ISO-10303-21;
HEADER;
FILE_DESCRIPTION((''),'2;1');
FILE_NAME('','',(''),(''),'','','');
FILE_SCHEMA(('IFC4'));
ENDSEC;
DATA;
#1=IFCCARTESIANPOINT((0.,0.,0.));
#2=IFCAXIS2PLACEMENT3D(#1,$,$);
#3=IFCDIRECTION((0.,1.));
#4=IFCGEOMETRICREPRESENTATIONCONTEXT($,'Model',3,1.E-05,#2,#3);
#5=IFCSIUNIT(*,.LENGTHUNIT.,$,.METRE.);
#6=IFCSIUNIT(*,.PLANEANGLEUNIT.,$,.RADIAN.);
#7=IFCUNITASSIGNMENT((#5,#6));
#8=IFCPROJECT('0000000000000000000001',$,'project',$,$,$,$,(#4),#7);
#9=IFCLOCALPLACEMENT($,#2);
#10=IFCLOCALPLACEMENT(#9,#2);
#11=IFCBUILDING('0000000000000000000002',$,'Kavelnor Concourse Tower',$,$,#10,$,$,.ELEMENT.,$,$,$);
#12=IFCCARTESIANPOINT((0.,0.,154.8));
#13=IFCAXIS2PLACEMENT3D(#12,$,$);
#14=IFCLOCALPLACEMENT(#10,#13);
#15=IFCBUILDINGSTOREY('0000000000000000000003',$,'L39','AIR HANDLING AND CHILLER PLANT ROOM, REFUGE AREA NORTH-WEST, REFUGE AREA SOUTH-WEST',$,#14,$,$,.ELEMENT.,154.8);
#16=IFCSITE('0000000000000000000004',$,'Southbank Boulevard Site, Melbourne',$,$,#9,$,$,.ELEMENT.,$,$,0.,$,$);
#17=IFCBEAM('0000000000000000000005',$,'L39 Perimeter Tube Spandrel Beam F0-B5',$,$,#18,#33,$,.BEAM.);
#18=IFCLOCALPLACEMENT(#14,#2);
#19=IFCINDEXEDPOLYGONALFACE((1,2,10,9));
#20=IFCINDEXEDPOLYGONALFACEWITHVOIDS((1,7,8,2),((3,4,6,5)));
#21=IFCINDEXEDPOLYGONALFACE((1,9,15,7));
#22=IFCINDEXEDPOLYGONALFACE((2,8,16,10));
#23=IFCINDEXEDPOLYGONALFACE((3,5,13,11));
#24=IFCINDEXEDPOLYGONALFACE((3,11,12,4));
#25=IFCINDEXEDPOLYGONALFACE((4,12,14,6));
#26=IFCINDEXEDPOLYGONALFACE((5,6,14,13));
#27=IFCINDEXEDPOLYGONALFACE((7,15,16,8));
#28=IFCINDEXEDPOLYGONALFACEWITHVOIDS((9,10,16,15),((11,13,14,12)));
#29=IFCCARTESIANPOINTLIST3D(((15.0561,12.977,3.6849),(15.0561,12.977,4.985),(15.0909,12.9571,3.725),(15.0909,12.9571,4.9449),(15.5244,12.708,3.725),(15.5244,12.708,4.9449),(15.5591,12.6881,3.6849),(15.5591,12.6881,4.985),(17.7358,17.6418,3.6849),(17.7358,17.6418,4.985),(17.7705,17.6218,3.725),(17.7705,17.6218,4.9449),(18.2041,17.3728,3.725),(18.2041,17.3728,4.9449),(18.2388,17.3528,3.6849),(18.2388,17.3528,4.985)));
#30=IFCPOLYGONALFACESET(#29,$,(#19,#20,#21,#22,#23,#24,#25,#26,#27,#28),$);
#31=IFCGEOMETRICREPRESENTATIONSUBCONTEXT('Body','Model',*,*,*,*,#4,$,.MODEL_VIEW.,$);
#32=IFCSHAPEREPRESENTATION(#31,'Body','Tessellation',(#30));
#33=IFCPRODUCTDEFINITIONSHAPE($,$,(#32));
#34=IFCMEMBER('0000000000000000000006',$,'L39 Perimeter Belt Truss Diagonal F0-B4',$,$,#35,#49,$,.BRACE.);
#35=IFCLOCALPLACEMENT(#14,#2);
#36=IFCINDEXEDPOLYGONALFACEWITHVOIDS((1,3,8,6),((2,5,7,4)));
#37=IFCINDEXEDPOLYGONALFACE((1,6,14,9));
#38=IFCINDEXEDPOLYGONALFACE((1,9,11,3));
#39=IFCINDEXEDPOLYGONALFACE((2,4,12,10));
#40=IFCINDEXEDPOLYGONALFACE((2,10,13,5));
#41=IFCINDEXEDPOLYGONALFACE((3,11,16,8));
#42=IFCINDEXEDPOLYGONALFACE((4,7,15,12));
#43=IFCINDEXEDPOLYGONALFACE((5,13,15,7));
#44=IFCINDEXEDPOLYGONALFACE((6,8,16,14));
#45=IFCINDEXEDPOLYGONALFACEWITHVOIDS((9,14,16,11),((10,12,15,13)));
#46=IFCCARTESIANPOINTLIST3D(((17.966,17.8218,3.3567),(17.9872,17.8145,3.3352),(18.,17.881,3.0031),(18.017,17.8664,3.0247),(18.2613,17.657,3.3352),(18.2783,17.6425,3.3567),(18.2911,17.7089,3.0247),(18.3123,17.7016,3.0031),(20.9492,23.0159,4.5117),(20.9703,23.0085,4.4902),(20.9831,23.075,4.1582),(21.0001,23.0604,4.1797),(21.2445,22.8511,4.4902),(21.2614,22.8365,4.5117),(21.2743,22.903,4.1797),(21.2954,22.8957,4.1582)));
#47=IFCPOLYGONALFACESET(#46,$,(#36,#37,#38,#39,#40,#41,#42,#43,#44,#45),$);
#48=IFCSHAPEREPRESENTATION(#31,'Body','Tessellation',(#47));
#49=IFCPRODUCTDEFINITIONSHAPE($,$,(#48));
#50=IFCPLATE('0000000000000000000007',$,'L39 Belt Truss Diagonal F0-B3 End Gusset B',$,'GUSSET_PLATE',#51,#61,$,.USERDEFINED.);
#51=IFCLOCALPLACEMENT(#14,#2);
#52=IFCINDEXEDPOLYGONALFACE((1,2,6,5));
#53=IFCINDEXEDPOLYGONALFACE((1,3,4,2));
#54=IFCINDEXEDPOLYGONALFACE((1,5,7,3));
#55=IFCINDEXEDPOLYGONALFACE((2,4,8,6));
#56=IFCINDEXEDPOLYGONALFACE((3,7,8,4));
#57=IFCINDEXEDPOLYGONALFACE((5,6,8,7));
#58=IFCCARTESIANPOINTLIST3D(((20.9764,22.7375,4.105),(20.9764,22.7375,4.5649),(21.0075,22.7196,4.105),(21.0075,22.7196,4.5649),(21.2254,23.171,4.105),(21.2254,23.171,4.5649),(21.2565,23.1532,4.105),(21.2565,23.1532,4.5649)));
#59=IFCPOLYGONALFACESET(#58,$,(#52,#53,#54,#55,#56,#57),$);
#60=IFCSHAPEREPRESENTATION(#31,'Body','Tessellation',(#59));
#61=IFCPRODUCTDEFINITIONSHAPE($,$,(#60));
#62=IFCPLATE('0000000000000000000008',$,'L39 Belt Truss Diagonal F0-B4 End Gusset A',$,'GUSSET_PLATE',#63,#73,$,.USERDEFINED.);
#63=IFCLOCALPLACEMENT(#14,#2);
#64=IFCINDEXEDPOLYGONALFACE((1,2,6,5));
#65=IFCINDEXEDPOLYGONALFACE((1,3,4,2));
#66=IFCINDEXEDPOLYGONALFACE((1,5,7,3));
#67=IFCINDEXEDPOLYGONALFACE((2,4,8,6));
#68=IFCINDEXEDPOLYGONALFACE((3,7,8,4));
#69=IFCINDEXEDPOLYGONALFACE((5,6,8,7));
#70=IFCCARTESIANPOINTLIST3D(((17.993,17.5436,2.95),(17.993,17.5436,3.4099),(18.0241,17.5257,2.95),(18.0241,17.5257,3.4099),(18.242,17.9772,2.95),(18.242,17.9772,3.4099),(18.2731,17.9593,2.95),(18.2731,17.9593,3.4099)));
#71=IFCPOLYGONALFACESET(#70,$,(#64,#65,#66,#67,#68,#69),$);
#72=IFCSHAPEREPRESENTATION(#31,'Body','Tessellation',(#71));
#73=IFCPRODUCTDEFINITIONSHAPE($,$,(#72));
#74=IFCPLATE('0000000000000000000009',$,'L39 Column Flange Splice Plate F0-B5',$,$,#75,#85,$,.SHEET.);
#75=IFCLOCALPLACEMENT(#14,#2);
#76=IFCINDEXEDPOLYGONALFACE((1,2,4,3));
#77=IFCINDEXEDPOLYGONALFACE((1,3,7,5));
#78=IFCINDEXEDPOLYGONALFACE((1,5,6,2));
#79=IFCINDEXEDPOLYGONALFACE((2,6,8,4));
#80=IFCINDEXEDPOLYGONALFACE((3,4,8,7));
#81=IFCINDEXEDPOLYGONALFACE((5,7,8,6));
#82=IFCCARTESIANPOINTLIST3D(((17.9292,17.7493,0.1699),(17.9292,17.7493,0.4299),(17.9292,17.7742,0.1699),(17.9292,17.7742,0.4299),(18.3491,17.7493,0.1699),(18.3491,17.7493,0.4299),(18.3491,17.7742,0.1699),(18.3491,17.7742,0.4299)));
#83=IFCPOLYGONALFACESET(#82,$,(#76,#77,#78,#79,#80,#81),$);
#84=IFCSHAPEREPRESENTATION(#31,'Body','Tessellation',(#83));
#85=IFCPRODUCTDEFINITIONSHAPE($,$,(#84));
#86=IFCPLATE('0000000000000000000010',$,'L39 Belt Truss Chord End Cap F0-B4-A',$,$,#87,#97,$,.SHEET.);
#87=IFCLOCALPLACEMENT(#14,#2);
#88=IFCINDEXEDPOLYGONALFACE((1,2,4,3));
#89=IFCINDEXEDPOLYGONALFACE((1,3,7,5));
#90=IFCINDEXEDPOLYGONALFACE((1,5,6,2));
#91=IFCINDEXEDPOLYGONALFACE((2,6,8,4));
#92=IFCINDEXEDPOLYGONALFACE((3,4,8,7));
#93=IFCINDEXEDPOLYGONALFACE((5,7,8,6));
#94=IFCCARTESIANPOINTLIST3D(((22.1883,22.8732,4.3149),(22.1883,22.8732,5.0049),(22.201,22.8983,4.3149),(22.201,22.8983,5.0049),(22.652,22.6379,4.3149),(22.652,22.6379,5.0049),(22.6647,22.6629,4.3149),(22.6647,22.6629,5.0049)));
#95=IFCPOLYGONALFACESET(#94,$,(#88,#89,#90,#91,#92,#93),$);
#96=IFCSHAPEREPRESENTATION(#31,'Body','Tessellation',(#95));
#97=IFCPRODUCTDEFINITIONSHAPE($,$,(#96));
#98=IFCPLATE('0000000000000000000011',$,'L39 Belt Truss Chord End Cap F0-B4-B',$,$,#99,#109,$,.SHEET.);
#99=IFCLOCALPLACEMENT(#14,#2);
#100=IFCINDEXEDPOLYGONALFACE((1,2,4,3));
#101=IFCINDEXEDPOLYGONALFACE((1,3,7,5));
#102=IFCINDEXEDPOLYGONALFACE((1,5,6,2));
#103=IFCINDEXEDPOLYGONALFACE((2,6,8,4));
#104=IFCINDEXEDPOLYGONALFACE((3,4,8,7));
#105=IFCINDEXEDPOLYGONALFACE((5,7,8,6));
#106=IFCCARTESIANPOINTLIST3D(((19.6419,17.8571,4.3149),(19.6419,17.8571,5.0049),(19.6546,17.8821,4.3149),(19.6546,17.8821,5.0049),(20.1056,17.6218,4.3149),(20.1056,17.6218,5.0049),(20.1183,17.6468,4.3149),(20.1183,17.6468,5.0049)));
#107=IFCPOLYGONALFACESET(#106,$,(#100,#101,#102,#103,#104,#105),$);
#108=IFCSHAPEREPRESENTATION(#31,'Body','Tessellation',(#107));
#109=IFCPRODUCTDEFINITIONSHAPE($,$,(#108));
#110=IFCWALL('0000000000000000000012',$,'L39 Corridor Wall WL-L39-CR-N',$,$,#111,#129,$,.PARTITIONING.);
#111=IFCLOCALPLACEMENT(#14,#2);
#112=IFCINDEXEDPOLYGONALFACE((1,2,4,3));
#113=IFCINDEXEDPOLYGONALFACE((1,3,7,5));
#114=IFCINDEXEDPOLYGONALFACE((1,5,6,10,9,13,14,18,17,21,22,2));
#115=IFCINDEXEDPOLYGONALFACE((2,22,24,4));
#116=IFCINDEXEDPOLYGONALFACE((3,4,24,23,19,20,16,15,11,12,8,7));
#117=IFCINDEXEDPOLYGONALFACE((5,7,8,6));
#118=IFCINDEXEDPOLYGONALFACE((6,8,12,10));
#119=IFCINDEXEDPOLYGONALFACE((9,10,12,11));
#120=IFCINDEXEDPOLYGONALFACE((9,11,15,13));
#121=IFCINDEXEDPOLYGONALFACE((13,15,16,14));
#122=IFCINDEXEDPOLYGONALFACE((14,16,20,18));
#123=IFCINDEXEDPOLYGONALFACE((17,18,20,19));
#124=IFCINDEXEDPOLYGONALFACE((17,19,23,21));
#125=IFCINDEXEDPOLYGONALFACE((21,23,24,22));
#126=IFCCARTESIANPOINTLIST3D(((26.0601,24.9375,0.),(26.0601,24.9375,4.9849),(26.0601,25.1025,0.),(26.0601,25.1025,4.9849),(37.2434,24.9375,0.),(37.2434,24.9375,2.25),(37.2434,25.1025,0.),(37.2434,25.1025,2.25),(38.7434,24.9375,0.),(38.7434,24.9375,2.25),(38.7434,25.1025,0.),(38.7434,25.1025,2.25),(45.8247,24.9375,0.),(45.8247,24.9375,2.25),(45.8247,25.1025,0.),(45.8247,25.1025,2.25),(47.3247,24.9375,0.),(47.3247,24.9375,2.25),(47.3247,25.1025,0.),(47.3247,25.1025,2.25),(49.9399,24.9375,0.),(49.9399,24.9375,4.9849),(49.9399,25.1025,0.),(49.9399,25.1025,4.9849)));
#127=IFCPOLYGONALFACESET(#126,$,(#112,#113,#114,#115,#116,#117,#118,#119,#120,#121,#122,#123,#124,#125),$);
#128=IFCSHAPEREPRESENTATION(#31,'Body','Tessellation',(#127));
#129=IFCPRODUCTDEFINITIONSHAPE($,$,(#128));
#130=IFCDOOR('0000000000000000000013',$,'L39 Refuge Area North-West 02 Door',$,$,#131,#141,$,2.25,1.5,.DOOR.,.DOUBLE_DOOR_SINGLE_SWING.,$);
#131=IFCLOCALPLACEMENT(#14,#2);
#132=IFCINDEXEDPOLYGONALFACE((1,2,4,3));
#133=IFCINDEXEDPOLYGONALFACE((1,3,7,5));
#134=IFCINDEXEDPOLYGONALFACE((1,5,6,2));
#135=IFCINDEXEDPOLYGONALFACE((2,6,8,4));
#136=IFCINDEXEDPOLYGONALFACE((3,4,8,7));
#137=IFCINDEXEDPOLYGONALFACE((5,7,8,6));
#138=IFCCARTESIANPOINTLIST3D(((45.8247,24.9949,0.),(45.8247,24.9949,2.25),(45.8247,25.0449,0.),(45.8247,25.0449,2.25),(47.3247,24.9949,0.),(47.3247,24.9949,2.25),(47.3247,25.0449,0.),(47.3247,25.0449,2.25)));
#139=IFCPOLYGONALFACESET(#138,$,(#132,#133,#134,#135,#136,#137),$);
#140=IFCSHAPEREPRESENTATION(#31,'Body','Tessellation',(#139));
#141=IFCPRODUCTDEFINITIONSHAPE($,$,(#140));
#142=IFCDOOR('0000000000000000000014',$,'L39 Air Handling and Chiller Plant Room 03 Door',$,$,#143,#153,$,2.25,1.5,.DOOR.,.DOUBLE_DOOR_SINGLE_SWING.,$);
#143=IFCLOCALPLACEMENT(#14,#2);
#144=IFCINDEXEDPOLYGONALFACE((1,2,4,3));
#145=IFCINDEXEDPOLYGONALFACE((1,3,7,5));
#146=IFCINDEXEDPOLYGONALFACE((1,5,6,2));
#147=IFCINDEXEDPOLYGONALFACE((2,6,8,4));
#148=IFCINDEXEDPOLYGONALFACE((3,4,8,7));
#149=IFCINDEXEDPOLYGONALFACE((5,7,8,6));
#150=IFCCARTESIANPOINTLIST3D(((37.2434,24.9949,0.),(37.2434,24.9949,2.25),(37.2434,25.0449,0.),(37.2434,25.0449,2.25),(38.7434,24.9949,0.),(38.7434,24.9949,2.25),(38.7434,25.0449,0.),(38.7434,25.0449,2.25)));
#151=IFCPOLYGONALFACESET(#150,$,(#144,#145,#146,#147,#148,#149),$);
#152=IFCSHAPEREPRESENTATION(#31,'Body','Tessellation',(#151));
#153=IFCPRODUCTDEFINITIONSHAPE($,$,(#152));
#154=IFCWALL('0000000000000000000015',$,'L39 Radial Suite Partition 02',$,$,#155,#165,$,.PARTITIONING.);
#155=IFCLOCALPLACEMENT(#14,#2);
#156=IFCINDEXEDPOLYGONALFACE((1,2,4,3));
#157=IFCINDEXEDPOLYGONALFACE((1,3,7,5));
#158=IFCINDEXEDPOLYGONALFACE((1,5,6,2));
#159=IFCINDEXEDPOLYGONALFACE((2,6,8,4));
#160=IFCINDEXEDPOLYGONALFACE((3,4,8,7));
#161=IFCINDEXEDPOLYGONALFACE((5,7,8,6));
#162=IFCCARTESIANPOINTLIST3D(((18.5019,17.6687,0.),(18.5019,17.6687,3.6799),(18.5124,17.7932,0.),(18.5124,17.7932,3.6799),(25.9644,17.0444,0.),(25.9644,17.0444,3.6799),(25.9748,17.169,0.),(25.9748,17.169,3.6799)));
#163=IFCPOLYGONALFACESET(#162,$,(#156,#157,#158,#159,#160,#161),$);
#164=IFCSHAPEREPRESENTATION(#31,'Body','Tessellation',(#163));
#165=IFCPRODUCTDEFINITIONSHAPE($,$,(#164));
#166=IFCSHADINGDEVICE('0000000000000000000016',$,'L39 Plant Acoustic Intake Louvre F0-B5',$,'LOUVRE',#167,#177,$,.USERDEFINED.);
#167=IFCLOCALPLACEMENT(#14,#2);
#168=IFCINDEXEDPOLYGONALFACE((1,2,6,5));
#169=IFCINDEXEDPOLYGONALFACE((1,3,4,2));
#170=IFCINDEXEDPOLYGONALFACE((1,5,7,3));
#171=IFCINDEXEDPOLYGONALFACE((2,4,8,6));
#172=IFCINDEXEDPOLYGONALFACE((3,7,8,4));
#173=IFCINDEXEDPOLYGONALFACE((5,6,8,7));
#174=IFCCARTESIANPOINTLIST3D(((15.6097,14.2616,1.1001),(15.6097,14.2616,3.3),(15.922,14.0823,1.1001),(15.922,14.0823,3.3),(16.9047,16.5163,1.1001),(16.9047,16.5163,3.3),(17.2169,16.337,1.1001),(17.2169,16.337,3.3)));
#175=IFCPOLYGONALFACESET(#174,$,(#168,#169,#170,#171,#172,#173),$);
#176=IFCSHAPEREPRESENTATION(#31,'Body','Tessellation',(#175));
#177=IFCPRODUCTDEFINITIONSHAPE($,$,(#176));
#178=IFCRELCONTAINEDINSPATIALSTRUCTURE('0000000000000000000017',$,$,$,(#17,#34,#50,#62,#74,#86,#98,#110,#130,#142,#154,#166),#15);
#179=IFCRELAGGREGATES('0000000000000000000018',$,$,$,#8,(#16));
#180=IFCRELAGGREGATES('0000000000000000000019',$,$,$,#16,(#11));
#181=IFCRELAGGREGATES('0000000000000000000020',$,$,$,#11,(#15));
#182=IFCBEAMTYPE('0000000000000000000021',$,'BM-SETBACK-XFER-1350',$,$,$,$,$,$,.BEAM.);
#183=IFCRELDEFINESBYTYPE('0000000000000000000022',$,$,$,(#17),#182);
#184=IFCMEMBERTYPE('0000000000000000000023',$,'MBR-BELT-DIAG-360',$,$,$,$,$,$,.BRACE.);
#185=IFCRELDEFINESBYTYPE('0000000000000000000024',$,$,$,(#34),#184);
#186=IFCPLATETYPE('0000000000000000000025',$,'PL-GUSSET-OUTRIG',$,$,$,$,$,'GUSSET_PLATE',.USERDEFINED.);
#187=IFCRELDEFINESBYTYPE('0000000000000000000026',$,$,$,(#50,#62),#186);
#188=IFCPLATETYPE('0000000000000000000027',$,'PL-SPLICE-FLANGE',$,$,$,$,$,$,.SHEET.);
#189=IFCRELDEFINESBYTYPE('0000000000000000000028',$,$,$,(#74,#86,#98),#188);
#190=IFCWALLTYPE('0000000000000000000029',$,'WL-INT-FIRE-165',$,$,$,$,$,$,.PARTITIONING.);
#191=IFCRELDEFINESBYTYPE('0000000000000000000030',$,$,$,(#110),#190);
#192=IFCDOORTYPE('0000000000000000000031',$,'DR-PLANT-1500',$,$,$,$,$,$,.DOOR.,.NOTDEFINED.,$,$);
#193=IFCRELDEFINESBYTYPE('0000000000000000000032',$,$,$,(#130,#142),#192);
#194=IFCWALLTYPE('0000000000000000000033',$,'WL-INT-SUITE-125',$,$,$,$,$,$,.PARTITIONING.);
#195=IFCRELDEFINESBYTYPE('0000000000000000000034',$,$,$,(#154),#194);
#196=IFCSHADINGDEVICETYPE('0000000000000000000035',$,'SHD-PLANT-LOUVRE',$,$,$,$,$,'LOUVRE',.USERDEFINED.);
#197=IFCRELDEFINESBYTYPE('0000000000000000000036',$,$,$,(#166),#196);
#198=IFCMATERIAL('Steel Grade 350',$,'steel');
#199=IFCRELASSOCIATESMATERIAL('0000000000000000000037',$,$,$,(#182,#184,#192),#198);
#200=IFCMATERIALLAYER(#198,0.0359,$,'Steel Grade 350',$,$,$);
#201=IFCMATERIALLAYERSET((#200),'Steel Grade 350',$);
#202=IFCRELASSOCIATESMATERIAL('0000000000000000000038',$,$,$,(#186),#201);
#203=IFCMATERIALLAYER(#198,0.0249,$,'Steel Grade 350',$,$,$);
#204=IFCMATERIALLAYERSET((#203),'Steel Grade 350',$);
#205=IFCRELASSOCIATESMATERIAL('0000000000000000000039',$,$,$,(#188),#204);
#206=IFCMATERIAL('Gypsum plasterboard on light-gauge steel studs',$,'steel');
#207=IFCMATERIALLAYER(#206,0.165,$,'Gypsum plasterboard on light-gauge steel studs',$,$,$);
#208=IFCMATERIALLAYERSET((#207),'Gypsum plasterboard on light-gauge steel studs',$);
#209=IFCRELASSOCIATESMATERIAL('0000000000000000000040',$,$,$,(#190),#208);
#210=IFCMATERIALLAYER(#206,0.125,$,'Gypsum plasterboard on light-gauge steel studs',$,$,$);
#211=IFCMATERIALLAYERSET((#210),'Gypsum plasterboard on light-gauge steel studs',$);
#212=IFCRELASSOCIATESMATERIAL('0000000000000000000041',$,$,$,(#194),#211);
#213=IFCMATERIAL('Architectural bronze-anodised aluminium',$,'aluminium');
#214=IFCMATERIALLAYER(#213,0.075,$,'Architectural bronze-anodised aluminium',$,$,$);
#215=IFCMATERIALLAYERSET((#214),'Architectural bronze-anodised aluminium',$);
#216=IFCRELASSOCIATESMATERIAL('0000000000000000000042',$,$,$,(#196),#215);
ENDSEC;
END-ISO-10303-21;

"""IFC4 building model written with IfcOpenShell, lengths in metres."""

from ifc_helpers import new_model, si_unit, direction, frame, frame_2d, origin, origin_2d, place, context, subcontext, project, spatial, rectangle, hollow_rectangle, extrude, material, layer, layer_set, material_profile, profile_set, type_object, element, fill, save


model = new_model("IFC4")

# Units and contexts
model_context = context("Model", 3, precision=1e-05, world=origin(), true_north=direction((0.0, 1.0)))
body_context = subcontext(model_context, "Body", "Model", "MODEL_VIEW")
ifc_project = project(units=[si_unit("LENGTHUNIT", "METRE"), si_unit("PLANEANGLEUNIT", "RADIAN")], contexts=[model_context])

# Site, building, storey
site_placement = place(None, origin())
site = spatial("IfcSite", under=ifc_project, at=site_placement, Name="Southbank Boulevard Site, Melbourne", CompositionType="ELEMENT", RefElevation=0.0)
building_placement = place(site_placement, origin())
building = spatial("IfcBuilding", under=site, at=building_placement, Name="Kavelnor Concourse Tower", CompositionType="ELEMENT")
storey_placement = place(building_placement, frame((0.0, 0.0, 154.8)))
storey = spatial("IfcBuildingStorey", under=building, at=storey_placement, Name="L39", Description="AIR HANDLING AND CHILLER PLANT ROOM, REFUGE AREA NORTH-WEST, REFUGE AREA SOUTH-WEST", CompositionType="ELEMENT", Elevation=154.8)

# Shared definitions
ifc_material_1 = material(Name="Steel Grade 350", Category="steel")

# Beam
ifc_material_profile_1 = material_profile(ifc_material_1, hollow_rectangle(XDim=0.5801, YDim=1.3, WallThickness=0.04, at=origin_2d()), Name="RHS 1300x580x40")
ifc_profile_set_1 = profile_set([ifc_material_profile_1], Name="Steel Grade 350")
beam_type_1 = type_object("IfcBeamType", Name="BM-SETBACK-XFER-1350", PredefinedType="BEAM", material=ifc_profile_set_1)
for number, where, z_axis, x_axis, name in (
    (1, (17.9873, 17.4973, 4.335), (-0.498112, -0.867113, 0.0), (0.867113, -0.498112, 0.0), "L39 Perimeter Tube Spandrel Beam F0-B5"),
):
    element("IfcBeam", number, at=place(storey_placement, frame(where, z_axis=z_axis, x_axis=x_axis)), inside=storey, type_object=beam_type_1, Name=name, PredefinedType="BEAM", context=body_context, shape_type="SweptSolid", body=[
        extrude(hollow_rectangle(XDim=0.5801, YDim=1.3, WallThickness=0.04, at=origin_2d()), origin(), (0.0, 0.0, 1.0), 5.3796),
    ])

# Member
ifc_material_profile_2 = material_profile(ifc_material_1, hollow_rectangle(XDim=0.3601, YDim=0.3601, WallThickness=0.022, at=origin_2d()), Name="SHS 360x360x22")
ifc_profile_set_2 = profile_set([ifc_material_profile_2], Name="Steel Grade 350")
member_type = type_object("IfcMemberType", Name="MBR-BELT-DIAG-360", PredefinedType="BRACE", material=ifc_profile_set_2)
member_placement = place(storey_placement, frame((18.1392, 17.7617, 3.1799), z_axis=(0.489029, 0.851469, 0.189344), x_axis=(-0.867155, 0.498038, 0.0)))
element("IfcMember", 2, at=member_placement, inside=storey, type_object=member_type, Name="L39 Perimeter Belt Truss Diagonal F0-B4", PredefinedType="BRACE", context=body_context, shape_type="SweptSolid", body=[
    extrude(hollow_rectangle(XDim=0.3601, YDim=0.3601, WallThickness=0.022, at=origin_2d()), origin(), (0.0, 0.0, 1.0), 6.1001),
])

# Plates
ifc_layer_1 = layer(ifc_material_1, 0.0359, Name="Steel Grade 350")
ifc_layer_set_1 = layer_set([ifc_layer_1], Name="Steel Grade 350")
plate_type_1 = type_object("IfcPlateType", Name="PL-GUSSET-OUTRIG", ElementType="GUSSET_PLATE", PredefinedType="USERDEFINED", material=ifc_layer_set_1)
for number, where, z_axis, x_axis, name in (
    (3, (21.1165, 22.9453, 4.105), (0.0, 0.0, 1.0), (-0.498034, -0.867158, 0.0), "L39 Belt Truss Diagonal F0-B3 End Gusset B"),
    (4, (18.1331, 17.7515, 2.95), (0.0, 0.0, 1.0), (0.498034, 0.867158, 0.0), "L39 Belt Truss Diagonal F0-B4 End Gusset A"),
):
    element("IfcPlate", number, at=place(storey_placement, frame(where, z_axis=z_axis, x_axis=x_axis)), inside=storey, type_object=plate_type_1, Name=name, ObjectType="GUSSET_PLATE", PredefinedType="USERDEFINED", context=body_context, shape_type="SweptSolid", body=[
        extrude(rectangle(XDim=0.5, YDim=0.0359, at=origin_2d()), origin(), (0.0, 0.0, 1.0), 0.46),
    ])
ifc_layer_2 = layer(ifc_material_1, 0.0249, Name="Steel Grade 350")
ifc_layer_set_2 = layer_set([ifc_layer_2], Name="Steel Grade 350")
plate_type_2 = type_object("IfcPlateType", Name="PL-SPLICE-FLANGE", PredefinedType="SHEET", material=ifc_layer_set_2)
plate_placement = place(storey_placement, frame((18.1392, 17.7617, 0.1699), z_axis=(0.0, 0.0, 1.0), x_axis=(1.0, 0.0, 0.0)))
element("IfcPlate", 5, at=plate_placement, inside=storey, type_object=plate_type_2, Name="L39 Column Flange Splice Plate F0-B5", PredefinedType="SHEET", context=body_context, shape_type="SweptSolid", body=[
    extrude(rectangle(XDim=0.4199, YDim=0.0249, at=origin_2d()), origin(), (0.0, 0.0, 1.0), 0.26),
])
for number, where, z_axis, x_axis, name in (
    (6, (22.4265, 22.7681, 4.3149), (0.0, 0.0, 1.0), (-0.891719, 0.45259, 0.0), "L39 Belt Truss Chord End Cap F0-B4-A"),
    (7, (19.8801, 17.752, 4.3149), (0.0, 0.0, 1.0), (0.891719, -0.45259, 0.0), "L39 Belt Truss Chord End Cap F0-B4-B"),
):
    element("IfcPlate", number, at=place(storey_placement, frame(where, z_axis=z_axis, x_axis=x_axis)), inside=storey, type_object=plate_type_2, Name=name, PredefinedType="SHEET", context=body_context, shape_type="SweptSolid", body=[
        extrude(rectangle(XDim=0.52, YDim=0.0281, at=origin_2d()), origin(), (0.0, 0.0, 1.0), 0.6899),
    ])

# Wall, openings, doors
ifc_material_2 = material(Name="Gypsum plasterboard on light-gauge steel studs", Category="steel")
ifc_layer_3 = layer(ifc_material_2, 0.165, Name="Gypsum plasterboard on light-gauge steel studs")
ifc_layer_set_3 = layer_set([ifc_layer_3], Name="Gypsum plasterboard on light-gauge steel studs")
wall_type_1 = type_object("IfcWallType", Name="WL-INT-FIRE-165", PredefinedType="PARTITIONING", material=ifc_layer_set_3)
wall_1_placement = place(storey_placement, frame((26.0601, 25.02, 0.0), z_axis=(0.0, 0.0, 1.0), x_axis=(1.0, 0.0, 0.0)))
wall_1 = element("IfcWall", 8, at=wall_1_placement, inside=storey, type_object=wall_type_1, Name="L39 Corridor Wall WL-L39-CR-N", PredefinedType="PARTITIONING", context=body_context, shape_type="SweptSolid", body=[
    extrude(rectangle(XDim=23.8799, YDim=0.165, at=frame_2d((11.9399, 0.0))), origin(), (0.0, 0.0, 1.0), 4.9849),
])
opening_1_placement = place(wall_1_placement, frame((19.7646, 0.0, 0.0)))
opening_1 = element("IfcOpeningElement", 9, at=opening_1_placement, cuts=wall_1, PredefinedType="OPENING", context=body_context, shape_type="SweptSolid", body=[
    extrude(rectangle(XDim=1.5, YDim=2.25, at=frame_2d((0.75, 1.125))), frame((0.0, 0.0925, 0.0), z_axis=(0.0, -1.0, 0.0), x_axis=(1.0, 0.0, 0.0)), (0.0, 0.0, 1.0), 0.1851),
])
opening_2_placement = place(wall_1_placement, frame((11.1833, 0.0, 0.0)))
opening_2 = element("IfcOpeningElement", 10, at=opening_2_placement, cuts=wall_1, PredefinedType="OPENING", context=body_context, shape_type="SweptSolid", body=[
    extrude(rectangle(XDim=1.5, YDim=2.25, at=frame_2d((0.75, 1.125))), frame((0.0, 0.0925, 0.0), z_axis=(0.0, -1.0, 0.0), x_axis=(1.0, 0.0, 0.0)), (0.0, 0.0, 1.0), 0.1851),
])
door_type = type_object("IfcDoorType", Name="DR-PLANT-1500", OperationType="NOTDEFINED", PredefinedType="DOOR", material=ifc_material_1)
door_1_placement = place(opening_1_placement, origin())
door_1 = element("IfcDoor", 11, at=door_1_placement, inside=storey, type_object=door_type, Name="L39 Refuge Area North-West 02 Door", OperationType="DOUBLE_DOOR_SINGLE_SWING", OverallHeight=2.25, OverallWidth=1.5, PredefinedType="DOOR", context=body_context, shape_type="SweptSolid", body=[
    extrude(rectangle(XDim=1.5, YDim=2.25, at=frame_2d((0.75, 1.125))), frame((0.0, 0.0249, 0.0), z_axis=(0.0, -1.0, 0.0), x_axis=(1.0, 0.0, 0.0)), (0.0, 0.0, 1.0), 0.05),
])
fill(opening_1, door_1)
door_2_placement = place(opening_2_placement, origin())
door_2 = element("IfcDoor", 12, at=door_2_placement, inside=storey, type_object=door_type, Name="L39 Air Handling and Chiller Plant Room 03 Door", OperationType="DOUBLE_DOOR_SINGLE_SWING", OverallHeight=2.25, OverallWidth=1.5, PredefinedType="DOOR", context=body_context, shape_type="SweptSolid", body=[
    extrude(rectangle(XDim=1.5, YDim=2.25, at=frame_2d((0.75, 1.125))), frame((0.0, 0.0249, 0.0), z_axis=(0.0, -1.0, 0.0), x_axis=(1.0, 0.0, 0.0)), (0.0, 0.0, 1.0), 0.05),
])
fill(opening_2, door_2)

# Wall
ifc_layer_4 = layer(ifc_material_2, 0.125, Name="Gypsum plasterboard on light-gauge steel studs")
ifc_layer_set_4 = layer_set([ifc_layer_4], Name="Gypsum plasterboard on light-gauge steel studs")
wall_type_2 = type_object("IfcWallType", Name="WL-INT-SUITE-125", PredefinedType="PARTITIONING", material=ifc_layer_set_4)
wall_2_placement = place(storey_placement, frame((25.9695, 17.1067, 0.0), z_axis=(0.0, 0.0, 1.0), x_axis=(-0.996519, 0.083364, 0.0)))
element("IfcWall", 13, at=wall_2_placement, inside=storey, type_object=wall_type_2, Name="L39 Radial Suite Partition 02", PredefinedType="PARTITIONING", context=body_context, shape_type="SweptSolid", body=[
    extrude(rectangle(XDim=7.4885, YDim=0.125, at=frame_2d((3.7441, 0.0))), origin(), (0.0, 0.0, 1.0), 3.6799),
])

# Shading device
ifc_material_3 = material(Name="Architectural bronze-anodised aluminium", Category="aluminium")
ifc_layer_5 = layer(ifc_material_3, 0.075, Name="Architectural bronze-anodised aluminium")
ifc_layer_set_5 = layer_set([ifc_layer_5], Name="Architectural bronze-anodised aluminium")
shading_device_type = type_object("IfcShadingDeviceType", Name="SHD-PLANT-LOUVRE", ElementType="LOUVRE", PredefinedType="USERDEFINED", material=ifc_layer_set_5)
shading_device_placement = place(storey_placement, frame((16.4133, 15.2993, 1.1001), z_axis=(0.0, 0.0, 1.0), x_axis=(0.498034, 0.867158, 0.0)))
element("IfcShadingDevice", 14, at=shading_device_placement, inside=storey, type_object=shading_device_type, Name="L39 Plant Acoustic Intake Louvre F0-B5", ObjectType="LOUVRE", PredefinedType="USERDEFINED", context=body_context, shape_type="SweptSolid", body=[
    extrude(rectangle(XDim=2.6001, YDim=0.3601, at=origin_2d()), origin(), (0.0, 0.0, 1.0), 2.2),
])

save(model, "model.ifc")
